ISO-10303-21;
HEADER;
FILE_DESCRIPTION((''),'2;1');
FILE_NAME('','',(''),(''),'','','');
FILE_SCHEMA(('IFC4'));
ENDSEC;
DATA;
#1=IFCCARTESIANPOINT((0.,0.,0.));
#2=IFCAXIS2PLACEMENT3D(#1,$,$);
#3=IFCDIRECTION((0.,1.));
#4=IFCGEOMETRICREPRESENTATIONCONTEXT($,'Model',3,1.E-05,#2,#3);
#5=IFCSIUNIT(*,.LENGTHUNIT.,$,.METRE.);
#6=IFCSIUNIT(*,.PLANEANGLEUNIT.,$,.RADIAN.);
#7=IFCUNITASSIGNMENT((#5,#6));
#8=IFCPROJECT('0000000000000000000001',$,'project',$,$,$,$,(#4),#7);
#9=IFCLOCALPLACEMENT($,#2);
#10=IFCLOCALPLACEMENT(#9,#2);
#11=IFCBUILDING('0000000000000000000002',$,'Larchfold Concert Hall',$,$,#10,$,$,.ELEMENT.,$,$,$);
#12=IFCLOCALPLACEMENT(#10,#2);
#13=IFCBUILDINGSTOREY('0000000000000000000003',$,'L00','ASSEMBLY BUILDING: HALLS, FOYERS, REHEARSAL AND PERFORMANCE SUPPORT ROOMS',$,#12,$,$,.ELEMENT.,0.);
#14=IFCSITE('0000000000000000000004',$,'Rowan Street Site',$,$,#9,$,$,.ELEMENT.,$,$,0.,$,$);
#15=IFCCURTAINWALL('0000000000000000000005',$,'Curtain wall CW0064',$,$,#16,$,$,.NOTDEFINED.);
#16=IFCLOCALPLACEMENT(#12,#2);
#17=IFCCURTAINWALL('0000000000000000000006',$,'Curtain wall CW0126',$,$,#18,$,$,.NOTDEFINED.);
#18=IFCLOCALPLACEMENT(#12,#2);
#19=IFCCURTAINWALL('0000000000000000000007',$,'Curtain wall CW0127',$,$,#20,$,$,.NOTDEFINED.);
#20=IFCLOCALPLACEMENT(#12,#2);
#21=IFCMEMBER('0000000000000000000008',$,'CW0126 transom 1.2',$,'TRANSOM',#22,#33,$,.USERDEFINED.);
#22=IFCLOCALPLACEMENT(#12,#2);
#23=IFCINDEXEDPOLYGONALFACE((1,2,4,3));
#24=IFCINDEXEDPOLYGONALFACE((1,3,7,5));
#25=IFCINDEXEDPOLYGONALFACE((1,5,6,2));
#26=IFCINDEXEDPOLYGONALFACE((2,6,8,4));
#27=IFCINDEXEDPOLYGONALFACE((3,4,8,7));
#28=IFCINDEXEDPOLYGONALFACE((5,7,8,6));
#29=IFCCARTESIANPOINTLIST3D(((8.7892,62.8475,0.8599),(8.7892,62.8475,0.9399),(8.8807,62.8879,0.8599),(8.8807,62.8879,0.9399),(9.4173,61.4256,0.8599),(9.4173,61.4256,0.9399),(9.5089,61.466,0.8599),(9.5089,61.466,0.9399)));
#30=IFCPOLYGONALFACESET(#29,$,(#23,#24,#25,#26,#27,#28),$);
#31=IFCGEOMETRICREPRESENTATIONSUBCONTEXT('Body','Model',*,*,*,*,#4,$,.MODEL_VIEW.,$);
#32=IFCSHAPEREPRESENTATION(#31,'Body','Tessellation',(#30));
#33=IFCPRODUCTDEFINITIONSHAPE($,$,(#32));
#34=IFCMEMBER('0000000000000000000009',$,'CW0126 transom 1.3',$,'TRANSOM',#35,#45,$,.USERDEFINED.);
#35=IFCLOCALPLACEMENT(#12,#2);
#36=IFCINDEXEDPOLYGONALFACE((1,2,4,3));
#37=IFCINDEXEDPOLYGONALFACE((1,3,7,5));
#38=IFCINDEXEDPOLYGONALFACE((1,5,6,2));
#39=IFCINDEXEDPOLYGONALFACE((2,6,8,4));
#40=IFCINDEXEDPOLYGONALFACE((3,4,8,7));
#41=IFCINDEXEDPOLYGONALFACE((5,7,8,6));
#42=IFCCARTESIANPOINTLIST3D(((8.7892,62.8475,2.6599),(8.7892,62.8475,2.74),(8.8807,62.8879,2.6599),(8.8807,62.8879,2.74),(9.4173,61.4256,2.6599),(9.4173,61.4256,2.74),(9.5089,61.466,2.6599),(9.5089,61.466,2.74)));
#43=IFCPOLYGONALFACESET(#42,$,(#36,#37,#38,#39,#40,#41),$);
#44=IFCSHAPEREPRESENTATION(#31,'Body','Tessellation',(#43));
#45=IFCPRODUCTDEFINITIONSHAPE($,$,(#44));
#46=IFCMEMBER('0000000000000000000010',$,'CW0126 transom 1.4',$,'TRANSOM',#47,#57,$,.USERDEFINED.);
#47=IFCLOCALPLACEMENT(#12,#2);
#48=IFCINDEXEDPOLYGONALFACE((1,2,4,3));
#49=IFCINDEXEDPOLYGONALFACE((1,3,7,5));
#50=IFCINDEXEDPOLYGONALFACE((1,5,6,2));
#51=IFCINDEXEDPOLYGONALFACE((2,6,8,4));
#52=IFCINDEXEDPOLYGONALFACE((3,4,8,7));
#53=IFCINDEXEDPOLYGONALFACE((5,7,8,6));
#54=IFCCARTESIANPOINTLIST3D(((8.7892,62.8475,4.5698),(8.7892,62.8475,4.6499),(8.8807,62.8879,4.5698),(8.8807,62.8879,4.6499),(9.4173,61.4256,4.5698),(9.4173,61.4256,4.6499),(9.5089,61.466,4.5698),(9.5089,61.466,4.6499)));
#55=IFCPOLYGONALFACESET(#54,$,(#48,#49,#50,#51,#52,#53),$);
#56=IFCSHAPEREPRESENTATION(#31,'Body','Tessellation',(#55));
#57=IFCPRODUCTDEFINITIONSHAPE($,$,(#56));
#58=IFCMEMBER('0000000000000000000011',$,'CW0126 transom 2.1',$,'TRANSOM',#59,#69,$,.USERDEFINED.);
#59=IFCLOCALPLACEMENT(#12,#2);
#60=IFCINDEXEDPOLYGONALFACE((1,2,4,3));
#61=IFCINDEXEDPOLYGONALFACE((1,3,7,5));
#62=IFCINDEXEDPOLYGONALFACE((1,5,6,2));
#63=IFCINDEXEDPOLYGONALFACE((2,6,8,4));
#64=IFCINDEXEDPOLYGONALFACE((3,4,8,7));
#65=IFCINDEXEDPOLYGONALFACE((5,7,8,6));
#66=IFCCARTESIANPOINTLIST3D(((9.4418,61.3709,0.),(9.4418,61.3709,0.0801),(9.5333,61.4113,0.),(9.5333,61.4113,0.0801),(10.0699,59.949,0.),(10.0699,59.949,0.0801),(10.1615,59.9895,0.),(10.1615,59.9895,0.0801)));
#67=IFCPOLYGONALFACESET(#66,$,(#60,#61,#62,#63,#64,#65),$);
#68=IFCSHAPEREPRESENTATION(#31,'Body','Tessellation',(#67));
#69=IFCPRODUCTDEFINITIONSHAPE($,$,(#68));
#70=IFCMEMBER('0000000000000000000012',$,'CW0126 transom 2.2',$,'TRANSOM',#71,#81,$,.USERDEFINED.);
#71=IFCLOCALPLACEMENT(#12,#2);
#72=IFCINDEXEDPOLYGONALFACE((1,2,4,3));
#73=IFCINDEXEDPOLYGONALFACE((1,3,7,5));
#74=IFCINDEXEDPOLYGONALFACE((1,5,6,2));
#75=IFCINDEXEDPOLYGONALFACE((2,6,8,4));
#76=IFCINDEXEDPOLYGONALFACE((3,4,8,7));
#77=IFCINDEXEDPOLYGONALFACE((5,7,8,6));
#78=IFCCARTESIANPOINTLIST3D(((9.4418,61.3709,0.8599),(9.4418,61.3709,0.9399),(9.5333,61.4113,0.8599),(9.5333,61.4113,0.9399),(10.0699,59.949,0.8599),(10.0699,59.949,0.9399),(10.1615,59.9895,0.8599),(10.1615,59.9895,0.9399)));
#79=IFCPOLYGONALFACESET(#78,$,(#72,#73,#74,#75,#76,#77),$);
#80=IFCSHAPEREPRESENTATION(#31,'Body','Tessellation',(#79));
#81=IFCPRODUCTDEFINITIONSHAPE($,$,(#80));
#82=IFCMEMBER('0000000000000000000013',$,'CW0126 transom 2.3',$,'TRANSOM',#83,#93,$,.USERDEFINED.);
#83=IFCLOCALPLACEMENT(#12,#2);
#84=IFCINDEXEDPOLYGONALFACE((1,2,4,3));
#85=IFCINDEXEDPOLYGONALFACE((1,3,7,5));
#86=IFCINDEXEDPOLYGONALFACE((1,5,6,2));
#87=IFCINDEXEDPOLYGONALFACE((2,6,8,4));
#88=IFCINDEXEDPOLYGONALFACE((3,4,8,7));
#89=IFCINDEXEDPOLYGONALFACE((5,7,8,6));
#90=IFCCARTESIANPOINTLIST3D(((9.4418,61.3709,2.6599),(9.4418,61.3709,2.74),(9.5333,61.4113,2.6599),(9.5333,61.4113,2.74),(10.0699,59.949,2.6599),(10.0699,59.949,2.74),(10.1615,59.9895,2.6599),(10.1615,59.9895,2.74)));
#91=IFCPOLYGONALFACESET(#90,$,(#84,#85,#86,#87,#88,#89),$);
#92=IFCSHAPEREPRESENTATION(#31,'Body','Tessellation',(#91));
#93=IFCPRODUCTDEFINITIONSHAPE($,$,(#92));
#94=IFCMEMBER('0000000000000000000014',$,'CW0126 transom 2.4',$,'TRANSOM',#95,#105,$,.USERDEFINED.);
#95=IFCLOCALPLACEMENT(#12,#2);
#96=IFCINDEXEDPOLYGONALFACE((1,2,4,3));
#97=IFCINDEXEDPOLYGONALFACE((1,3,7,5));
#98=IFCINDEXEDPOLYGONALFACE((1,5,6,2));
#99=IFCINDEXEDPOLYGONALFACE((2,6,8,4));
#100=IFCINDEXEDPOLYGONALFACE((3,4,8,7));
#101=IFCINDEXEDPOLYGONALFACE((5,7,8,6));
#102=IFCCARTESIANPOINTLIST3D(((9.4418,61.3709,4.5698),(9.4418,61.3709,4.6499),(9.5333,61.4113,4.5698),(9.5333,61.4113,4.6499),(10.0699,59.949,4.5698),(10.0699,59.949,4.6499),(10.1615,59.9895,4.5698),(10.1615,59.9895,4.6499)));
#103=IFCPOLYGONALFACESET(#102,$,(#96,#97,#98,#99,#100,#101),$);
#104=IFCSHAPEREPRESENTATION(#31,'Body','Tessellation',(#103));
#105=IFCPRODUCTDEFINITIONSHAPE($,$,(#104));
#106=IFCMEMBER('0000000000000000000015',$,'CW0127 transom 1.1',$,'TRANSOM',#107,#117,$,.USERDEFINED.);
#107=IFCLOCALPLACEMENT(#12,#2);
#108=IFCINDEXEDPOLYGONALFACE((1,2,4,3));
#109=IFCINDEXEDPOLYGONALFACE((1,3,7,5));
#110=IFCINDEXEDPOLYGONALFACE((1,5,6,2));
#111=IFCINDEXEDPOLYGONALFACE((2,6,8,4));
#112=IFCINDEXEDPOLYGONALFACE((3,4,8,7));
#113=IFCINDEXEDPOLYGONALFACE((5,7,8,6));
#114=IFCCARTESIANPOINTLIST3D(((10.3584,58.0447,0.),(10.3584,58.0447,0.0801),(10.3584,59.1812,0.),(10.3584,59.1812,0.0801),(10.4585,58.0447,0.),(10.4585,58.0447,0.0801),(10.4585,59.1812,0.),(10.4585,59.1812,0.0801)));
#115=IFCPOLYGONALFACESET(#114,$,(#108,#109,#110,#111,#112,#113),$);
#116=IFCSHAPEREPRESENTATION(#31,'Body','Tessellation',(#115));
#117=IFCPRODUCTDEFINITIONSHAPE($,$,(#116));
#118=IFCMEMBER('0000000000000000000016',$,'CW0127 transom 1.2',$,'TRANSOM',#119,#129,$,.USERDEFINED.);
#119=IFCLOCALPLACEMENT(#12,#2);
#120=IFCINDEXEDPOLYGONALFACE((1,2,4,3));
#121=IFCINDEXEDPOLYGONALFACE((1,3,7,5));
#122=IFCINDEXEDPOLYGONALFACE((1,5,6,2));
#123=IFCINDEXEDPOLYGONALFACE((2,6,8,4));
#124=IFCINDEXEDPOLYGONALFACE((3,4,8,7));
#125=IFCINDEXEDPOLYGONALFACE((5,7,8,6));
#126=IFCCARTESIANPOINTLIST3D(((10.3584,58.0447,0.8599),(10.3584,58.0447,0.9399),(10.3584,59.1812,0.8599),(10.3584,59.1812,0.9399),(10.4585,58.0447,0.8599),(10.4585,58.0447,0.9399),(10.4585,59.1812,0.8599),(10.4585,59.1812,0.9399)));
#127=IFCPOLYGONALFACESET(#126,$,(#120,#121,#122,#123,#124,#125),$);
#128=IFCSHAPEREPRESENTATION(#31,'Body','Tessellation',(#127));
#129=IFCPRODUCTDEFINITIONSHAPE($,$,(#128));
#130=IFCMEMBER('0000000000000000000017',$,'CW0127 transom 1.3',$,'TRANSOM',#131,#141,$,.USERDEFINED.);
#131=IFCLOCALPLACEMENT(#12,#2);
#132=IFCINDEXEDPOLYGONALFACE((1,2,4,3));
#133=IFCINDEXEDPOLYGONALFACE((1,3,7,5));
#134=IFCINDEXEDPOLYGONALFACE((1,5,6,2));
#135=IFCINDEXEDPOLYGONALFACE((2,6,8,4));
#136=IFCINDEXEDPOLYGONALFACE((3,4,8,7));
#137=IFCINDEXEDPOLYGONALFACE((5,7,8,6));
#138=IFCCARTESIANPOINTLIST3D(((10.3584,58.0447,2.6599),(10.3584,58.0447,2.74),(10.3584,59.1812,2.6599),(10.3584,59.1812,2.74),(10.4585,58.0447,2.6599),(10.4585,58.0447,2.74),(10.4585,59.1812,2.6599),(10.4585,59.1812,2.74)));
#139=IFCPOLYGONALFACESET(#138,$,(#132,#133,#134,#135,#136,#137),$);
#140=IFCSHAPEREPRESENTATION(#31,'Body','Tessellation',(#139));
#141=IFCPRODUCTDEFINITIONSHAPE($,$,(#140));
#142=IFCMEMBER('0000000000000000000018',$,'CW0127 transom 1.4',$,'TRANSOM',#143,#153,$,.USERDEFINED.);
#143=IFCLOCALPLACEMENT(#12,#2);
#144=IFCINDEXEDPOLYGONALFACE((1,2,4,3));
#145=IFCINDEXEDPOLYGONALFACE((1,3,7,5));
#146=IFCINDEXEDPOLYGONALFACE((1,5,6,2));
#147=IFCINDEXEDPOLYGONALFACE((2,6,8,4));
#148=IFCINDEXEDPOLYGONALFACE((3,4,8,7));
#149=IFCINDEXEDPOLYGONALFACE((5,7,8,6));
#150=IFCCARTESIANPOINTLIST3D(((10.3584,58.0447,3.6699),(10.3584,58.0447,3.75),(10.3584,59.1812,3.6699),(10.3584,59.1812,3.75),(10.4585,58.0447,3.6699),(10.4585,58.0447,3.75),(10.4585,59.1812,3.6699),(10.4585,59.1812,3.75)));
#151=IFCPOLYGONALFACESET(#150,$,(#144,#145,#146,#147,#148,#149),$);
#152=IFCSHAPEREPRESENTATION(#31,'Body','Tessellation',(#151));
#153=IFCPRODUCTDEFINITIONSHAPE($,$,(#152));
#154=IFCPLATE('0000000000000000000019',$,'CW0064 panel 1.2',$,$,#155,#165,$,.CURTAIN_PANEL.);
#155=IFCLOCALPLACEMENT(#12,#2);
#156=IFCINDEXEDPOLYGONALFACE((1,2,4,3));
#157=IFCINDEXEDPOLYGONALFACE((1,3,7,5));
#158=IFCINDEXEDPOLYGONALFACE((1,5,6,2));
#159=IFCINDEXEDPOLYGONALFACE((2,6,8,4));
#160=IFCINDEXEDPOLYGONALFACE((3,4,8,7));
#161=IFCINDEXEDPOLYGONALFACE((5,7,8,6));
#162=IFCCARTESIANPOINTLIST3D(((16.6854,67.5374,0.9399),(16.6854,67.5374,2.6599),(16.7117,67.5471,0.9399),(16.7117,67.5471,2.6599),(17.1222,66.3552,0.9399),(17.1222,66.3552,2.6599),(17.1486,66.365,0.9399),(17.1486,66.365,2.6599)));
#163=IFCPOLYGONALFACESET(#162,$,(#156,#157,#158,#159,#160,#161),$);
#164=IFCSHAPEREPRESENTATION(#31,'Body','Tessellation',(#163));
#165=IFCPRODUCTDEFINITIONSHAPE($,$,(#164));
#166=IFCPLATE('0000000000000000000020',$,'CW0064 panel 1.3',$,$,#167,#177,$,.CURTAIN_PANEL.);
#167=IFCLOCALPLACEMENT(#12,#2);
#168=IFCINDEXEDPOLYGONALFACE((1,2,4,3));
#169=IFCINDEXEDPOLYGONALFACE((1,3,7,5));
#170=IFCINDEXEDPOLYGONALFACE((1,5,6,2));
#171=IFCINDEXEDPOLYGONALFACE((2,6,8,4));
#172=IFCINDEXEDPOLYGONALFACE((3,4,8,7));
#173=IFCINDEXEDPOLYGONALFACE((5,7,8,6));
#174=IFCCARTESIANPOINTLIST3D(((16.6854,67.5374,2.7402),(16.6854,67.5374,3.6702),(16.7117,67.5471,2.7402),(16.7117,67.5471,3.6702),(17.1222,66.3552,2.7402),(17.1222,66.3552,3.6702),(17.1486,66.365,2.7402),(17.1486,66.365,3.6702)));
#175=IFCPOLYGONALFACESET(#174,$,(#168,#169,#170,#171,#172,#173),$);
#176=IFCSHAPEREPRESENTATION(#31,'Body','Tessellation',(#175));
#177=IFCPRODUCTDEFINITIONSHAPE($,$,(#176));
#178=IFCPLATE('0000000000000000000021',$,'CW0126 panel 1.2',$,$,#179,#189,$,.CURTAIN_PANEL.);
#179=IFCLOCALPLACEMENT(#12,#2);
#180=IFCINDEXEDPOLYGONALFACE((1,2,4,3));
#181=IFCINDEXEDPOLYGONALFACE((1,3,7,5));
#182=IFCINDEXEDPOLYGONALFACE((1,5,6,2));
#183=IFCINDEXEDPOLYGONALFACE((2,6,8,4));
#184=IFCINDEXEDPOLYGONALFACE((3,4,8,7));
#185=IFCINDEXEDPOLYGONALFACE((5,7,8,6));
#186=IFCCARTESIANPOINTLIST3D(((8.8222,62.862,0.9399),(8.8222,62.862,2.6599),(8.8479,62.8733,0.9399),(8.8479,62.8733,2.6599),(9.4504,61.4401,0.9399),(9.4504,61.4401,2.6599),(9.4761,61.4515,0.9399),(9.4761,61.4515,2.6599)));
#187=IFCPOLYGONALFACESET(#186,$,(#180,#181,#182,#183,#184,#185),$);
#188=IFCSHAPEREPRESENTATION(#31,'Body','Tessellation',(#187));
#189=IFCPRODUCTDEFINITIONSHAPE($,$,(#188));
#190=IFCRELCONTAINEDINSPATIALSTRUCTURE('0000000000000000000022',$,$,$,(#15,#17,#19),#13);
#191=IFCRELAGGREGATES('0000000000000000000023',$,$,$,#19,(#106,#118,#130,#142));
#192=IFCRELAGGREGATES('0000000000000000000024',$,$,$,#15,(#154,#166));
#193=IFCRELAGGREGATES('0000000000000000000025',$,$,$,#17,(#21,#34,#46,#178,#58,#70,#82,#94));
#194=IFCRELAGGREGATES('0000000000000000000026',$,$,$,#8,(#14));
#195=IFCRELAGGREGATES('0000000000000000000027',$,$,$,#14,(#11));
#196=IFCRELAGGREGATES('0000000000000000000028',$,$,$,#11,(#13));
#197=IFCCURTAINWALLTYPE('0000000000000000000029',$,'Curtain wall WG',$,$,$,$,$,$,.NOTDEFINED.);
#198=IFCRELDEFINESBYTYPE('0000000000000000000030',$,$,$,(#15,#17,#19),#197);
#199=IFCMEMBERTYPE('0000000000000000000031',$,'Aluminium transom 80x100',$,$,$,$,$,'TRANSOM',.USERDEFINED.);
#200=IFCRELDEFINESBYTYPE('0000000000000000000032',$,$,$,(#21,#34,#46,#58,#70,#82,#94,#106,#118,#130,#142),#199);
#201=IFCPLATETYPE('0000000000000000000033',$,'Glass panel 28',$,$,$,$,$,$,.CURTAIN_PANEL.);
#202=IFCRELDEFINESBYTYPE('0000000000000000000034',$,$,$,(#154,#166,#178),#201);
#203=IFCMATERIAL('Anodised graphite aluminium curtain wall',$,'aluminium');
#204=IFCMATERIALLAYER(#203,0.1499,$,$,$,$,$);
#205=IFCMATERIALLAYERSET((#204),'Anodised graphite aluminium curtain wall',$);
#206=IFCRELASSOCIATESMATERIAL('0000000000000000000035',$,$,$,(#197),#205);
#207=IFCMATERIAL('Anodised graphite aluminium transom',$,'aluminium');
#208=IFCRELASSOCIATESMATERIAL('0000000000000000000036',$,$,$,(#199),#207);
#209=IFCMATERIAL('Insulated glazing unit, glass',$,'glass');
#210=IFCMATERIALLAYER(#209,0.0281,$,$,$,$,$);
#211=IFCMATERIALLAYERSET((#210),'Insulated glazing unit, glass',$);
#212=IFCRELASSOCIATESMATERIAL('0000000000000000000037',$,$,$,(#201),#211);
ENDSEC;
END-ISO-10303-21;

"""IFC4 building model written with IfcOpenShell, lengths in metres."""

from ifc_helpers import new_model, si_unit, direction, frame, origin, origin_2d, place, context, subcontext, project, spatial, rectangle, extrude, material, layer, layer_set, material_profile, profile_set, type_object, element, aggregate, save


model = new_model("IFC4")

# Units and contexts
model_context = context("Model", 3, precision=1e-05, world=origin(), true_north=direction((0.0, 1.0)))
body_context = subcontext(model_context, "Body", "Model", "MODEL_VIEW")
ifc_project = project(units=[si_unit("LENGTHUNIT", "METRE"), si_unit("PLANEANGLEUNIT", "RADIAN")], contexts=[model_context])

# Site, building, storey
site_placement = place(None, origin())
site = spatial("IfcSite", under=ifc_project, at=site_placement, Name="Rowan Street Site", CompositionType="ELEMENT", RefElevation=0.0)
building_placement = place(site_placement, origin())
building = spatial("IfcBuilding", under=site, at=building_placement, Name="Larchfold Concert Hall", CompositionType="ELEMENT")
storey_placement = place(building_placement, origin())
storey = spatial("IfcBuildingStorey", under=building, at=storey_placement, Name="L00", Description="ASSEMBLY BUILDING: HALLS, FOYERS, REHEARSAL AND PERFORMANCE SUPPORT ROOMS", CompositionType="ELEMENT", Elevation=0.0)

# Curtain wall
ifc_material_1 = material(Name="Anodised graphite aluminium curtain wall", Category="aluminium")
ifc_layer_1 = layer(ifc_material_1, 0.1499)
ifc_layer_set_1 = layer_set([ifc_layer_1], Name="Anodised graphite aluminium curtain wall")
curtain_wall_type = type_object("IfcCurtainWallType", Name="Curtain wall WG", PredefinedType="NOTDEFINED", material=ifc_layer_set_1)
curtain_wall_1_placement = place(storey_placement, origin())
curtain_wall_1 = element("IfcCurtainWall", 1, at=curtain_wall_1_placement, inside=storey, type_object=curtain_wall_type, Name="Curtain wall CW0064", PredefinedType="NOTDEFINED")

# Curtain wall
curtain_wall_2_placement = place(storey_placement, origin())
curtain_wall_2 = element("IfcCurtainWall", 2, at=curtain_wall_2_placement, inside=storey, type_object=curtain_wall_type, Name="Curtain wall CW0126", PredefinedType="NOTDEFINED")

# Curtain wall
curtain_wall_3_placement = place(storey_placement, origin())
curtain_wall_3 = element("IfcCurtainWall", 3, at=curtain_wall_3_placement, inside=storey, type_object=curtain_wall_type, Name="Curtain wall CW0127", PredefinedType="NOTDEFINED")

# Members
ifc_material_2 = material(Name="Anodised graphite aluminium transom", Category="aluminium")
ifc_material_profile_1 = material_profile(ifc_material_2, rectangle(XDim=0.1001, YDim=0.0801, at=origin_2d()))
ifc_profile_set_1 = profile_set([ifc_material_profile_1], Name="Anodised graphite aluminium transom")
member_type_1 = type_object("IfcMemberType", Name="Aluminium transom 80x100", ElementType="TRANSOM", PredefinedType="USERDEFINED", material=ifc_profile_set_1)
member_1_placement = place(storey_placement, frame((8.835, 62.8677, 0.8999), z_axis=(0.404112, -0.91471, 0.0), x_axis=(0.91471, 0.404112, 0.0)))
member_1 = element("IfcMember", 4, at=member_1_placement, type_object=member_type_1, Name="CW0126 transom 1.2", ObjectType="TRANSOM", PredefinedType="USERDEFINED", context=body_context, shape_type="SweptSolid", body=[
    extrude(rectangle(XDim=0.1001, YDim=0.0801, at=origin_2d()), origin(), (0.0, 0.0, 1.0), 1.5544),
])
member_2_placement = place(storey_placement, frame((8.835, 62.8677, 2.7), z_axis=(0.404112, -0.91471, 0.0), x_axis=(0.91471, 0.404112, 0.0)))
member_2 = element("IfcMember", 5, at=member_2_placement, type_object=member_type_1, Name="CW0126 transom 1.3", ObjectType="TRANSOM", PredefinedType="USERDEFINED", context=body_context, shape_type="SweptSolid", body=[
    extrude(rectangle(XDim=0.1001, YDim=0.0801, at=origin_2d()), origin(), (0.0, 0.0, 1.0), 1.5544),
])
member_3_placement = place(storey_placement, frame((8.835, 62.8677, 4.6099), z_axis=(0.404112, -0.91471, 0.0), x_axis=(0.91471, 0.404112, 0.0)))
member_3 = element("IfcMember", 6, at=member_3_placement, type_object=member_type_1, Name="CW0126 transom 1.4", ObjectType="TRANSOM", PredefinedType="USERDEFINED", context=body_context, shape_type="SweptSolid", body=[
    extrude(rectangle(XDim=0.1001, YDim=0.0801, at=origin_2d()), origin(), (0.0, 0.0, 1.0), 1.5544),
])
member_4_placement = place(storey_placement, frame((9.4875, 61.3911, 0.04), z_axis=(0.404112, -0.91471, 0.0), x_axis=(0.91471, 0.404112, 0.0)))
member_4 = element("IfcMember", 7, at=member_4_placement, type_object=member_type_1, Name="CW0126 transom 2.1", ObjectType="TRANSOM", PredefinedType="USERDEFINED", context=body_context, shape_type="SweptSolid", body=[
    extrude(rectangle(XDim=0.1001, YDim=0.0801, at=origin_2d()), origin(), (0.0, 0.0, 1.0), 1.5544),
])
member_5_placement = place(storey_placement, frame((9.4875, 61.3911, 0.8999), z_axis=(0.404112, -0.91471, 0.0), x_axis=(0.91471, 0.404112, 0.0)))
member_5 = element("IfcMember", 8, at=member_5_placement, type_object=member_type_1, Name="CW0126 transom 2.2", ObjectType="TRANSOM", PredefinedType="USERDEFINED", context=body_context, shape_type="SweptSolid", body=[
    extrude(rectangle(XDim=0.1001, YDim=0.0801, at=origin_2d()), origin(), (0.0, 0.0, 1.0), 1.5544),
])
member_6_placement = place(storey_placement, frame((9.4875, 61.3911, 2.7), z_axis=(0.404112, -0.91471, 0.0), x_axis=(0.91471, 0.404112, 0.0)))
member_6 = element("IfcMember", 9, at=member_6_placement, type_object=member_type_1, Name="CW0126 transom 2.3", ObjectType="TRANSOM", PredefinedType="USERDEFINED", context=body_context, shape_type="SweptSolid", body=[
    extrude(rectangle(XDim=0.1001, YDim=0.0801, at=origin_2d()), origin(), (0.0, 0.0, 1.0), 1.5544),
])
member_7_placement = place(storey_placement, frame((9.4875, 61.3911, 4.6099), z_axis=(0.404112, -0.91471, 0.0), x_axis=(0.91471, 0.404112, 0.0)))
member_7 = element("IfcMember", 10, at=member_7_placement, type_object=member_type_1, Name="CW0126 transom 2.4", ObjectType="TRANSOM", PredefinedType="USERDEFINED", context=body_context, shape_type="SweptSolid", body=[
    extrude(rectangle(XDim=0.1001, YDim=0.0801, at=origin_2d()), origin(), (0.0, 0.0, 1.0), 1.5544),
])
member_8_placement = place(storey_placement, frame((10.4084, 59.1812, 0.04), z_axis=(0.0, -1.0, 0.0), x_axis=(1.0, 0.0, 0.0)))
member_8 = element("IfcMember", 11, at=member_8_placement, type_object=member_type_1, Name="CW0127 transom 1.1", ObjectType="TRANSOM", PredefinedType="USERDEFINED", context=body_context, shape_type="SweptSolid", body=[
    extrude(rectangle(XDim=0.1001, YDim=0.0801, at=origin_2d()), origin(), (0.0, 0.0, 1.0), 1.1365),
])
member_9_placement = place(storey_placement, frame((10.4084, 59.1812, 0.8999), z_axis=(0.0, -1.0, 0.0), x_axis=(1.0, 0.0, 0.0)))
member_9 = element("IfcMember", 12, at=member_9_placement, type_object=member_type_1, Name="CW0127 transom 1.2", ObjectType="TRANSOM", PredefinedType="USERDEFINED", context=body_context, shape_type="SweptSolid", body=[
    extrude(rectangle(XDim=0.1001, YDim=0.0801, at=origin_2d()), origin(), (0.0, 0.0, 1.0), 1.1365),
])
member_10_placement = place(storey_placement, frame((10.4084, 59.1812, 2.7), z_axis=(0.0, -1.0, 0.0), x_axis=(1.0, 0.0, 0.0)))
member_10 = element("IfcMember", 13, at=member_10_placement, type_object=member_type_1, Name="CW0127 transom 1.3", ObjectType="TRANSOM", PredefinedType="USERDEFINED", context=body_context, shape_type="SweptSolid", body=[
    extrude(rectangle(XDim=0.1001, YDim=0.0801, at=origin_2d()), origin(), (0.0, 0.0, 1.0), 1.1365),
])
member_11_placement = place(storey_placement, frame((10.4084, 59.1812, 3.71), z_axis=(0.0, -1.0, 0.0), x_axis=(1.0, 0.0, 0.0)))
member_11 = element("IfcMember", 14, at=member_11_placement, type_object=member_type_1, Name="CW0127 transom 1.4", ObjectType="TRANSOM", PredefinedType="USERDEFINED", context=body_context, shape_type="SweptSolid", body=[
    extrude(rectangle(XDim=0.1001, YDim=0.0801, at=origin_2d()), origin(), (0.0, 0.0, 1.0), 1.1365),
])
aggregate(curtain_wall_3, [member_8, member_9, member_10, member_11])

# Plates
ifc_material_3 = material(Name="Insulated glazing unit, glass", Category="glass")
ifc_layer_2 = layer(ifc_material_3, 0.0281)
ifc_layer_set_2 = layer_set([ifc_layer_2], Name="Insulated glazing unit, glass")
plate_type_1 = type_object("IfcPlateType", Name="Glass panel 28", PredefinedType="CURTAIN_PANEL", material=ifc_layer_set_2)
plate_1_placement = place(storey_placement, frame((16.917, 66.9512, 0.9399), z_axis=(0.0, 0.0, 1.0), x_axis=(-0.346631, 0.938002, 0.0)))
plate_1 = element("IfcPlate", 15, at=plate_1_placement, type_object=plate_type_1, Name="CW0064 panel 1.2", PredefinedType="CURTAIN_PANEL", context=body_context, shape_type="SweptSolid", body=[
    extrude(rectangle(XDim=1.2603, YDim=0.0281, at=origin_2d()), origin(), (0.0, 0.0, 1.0), 1.72),
])
plate_2_placement = place(storey_placement, frame((16.917, 66.9512, 2.7402), z_axis=(0.0, 0.0, 1.0), x_axis=(-0.346631, 0.938002, 0.0)))
plate_2 = element("IfcPlate", 16, at=plate_2_placement, type_object=plate_type_1, Name="CW0064 panel 1.3", PredefinedType="CURTAIN_PANEL", context=body_context, shape_type="SweptSolid", body=[
    extrude(rectangle(XDim=1.2603, YDim=0.0281, at=origin_2d()), origin(), (0.0, 0.0, 1.0), 0.9299),
])
plate_3_placement = place(storey_placement, frame((9.1492, 62.1567, 0.9399), z_axis=(0.0, 0.0, 1.0), x_axis=(0.404126, -0.914703, 0.0)))
plate_3 = element("IfcPlate", 17, at=plate_3_placement, type_object=plate_type_1, Name="CW0126 panel 1.2", PredefinedType="CURTAIN_PANEL", context=body_context, shape_type="SweptSolid", body=[
    extrude(rectangle(XDim=1.5544, YDim=0.0281, at=origin_2d()), origin(), (0.0, 0.0, 1.0), 1.72),
])
aggregate(curtain_wall_1, [plate_1, plate_2])
aggregate(curtain_wall_2, [member_1, member_2, member_3, plate_3, member_4, member_5, member_6, member_7])

save(model, "model.ifc")
